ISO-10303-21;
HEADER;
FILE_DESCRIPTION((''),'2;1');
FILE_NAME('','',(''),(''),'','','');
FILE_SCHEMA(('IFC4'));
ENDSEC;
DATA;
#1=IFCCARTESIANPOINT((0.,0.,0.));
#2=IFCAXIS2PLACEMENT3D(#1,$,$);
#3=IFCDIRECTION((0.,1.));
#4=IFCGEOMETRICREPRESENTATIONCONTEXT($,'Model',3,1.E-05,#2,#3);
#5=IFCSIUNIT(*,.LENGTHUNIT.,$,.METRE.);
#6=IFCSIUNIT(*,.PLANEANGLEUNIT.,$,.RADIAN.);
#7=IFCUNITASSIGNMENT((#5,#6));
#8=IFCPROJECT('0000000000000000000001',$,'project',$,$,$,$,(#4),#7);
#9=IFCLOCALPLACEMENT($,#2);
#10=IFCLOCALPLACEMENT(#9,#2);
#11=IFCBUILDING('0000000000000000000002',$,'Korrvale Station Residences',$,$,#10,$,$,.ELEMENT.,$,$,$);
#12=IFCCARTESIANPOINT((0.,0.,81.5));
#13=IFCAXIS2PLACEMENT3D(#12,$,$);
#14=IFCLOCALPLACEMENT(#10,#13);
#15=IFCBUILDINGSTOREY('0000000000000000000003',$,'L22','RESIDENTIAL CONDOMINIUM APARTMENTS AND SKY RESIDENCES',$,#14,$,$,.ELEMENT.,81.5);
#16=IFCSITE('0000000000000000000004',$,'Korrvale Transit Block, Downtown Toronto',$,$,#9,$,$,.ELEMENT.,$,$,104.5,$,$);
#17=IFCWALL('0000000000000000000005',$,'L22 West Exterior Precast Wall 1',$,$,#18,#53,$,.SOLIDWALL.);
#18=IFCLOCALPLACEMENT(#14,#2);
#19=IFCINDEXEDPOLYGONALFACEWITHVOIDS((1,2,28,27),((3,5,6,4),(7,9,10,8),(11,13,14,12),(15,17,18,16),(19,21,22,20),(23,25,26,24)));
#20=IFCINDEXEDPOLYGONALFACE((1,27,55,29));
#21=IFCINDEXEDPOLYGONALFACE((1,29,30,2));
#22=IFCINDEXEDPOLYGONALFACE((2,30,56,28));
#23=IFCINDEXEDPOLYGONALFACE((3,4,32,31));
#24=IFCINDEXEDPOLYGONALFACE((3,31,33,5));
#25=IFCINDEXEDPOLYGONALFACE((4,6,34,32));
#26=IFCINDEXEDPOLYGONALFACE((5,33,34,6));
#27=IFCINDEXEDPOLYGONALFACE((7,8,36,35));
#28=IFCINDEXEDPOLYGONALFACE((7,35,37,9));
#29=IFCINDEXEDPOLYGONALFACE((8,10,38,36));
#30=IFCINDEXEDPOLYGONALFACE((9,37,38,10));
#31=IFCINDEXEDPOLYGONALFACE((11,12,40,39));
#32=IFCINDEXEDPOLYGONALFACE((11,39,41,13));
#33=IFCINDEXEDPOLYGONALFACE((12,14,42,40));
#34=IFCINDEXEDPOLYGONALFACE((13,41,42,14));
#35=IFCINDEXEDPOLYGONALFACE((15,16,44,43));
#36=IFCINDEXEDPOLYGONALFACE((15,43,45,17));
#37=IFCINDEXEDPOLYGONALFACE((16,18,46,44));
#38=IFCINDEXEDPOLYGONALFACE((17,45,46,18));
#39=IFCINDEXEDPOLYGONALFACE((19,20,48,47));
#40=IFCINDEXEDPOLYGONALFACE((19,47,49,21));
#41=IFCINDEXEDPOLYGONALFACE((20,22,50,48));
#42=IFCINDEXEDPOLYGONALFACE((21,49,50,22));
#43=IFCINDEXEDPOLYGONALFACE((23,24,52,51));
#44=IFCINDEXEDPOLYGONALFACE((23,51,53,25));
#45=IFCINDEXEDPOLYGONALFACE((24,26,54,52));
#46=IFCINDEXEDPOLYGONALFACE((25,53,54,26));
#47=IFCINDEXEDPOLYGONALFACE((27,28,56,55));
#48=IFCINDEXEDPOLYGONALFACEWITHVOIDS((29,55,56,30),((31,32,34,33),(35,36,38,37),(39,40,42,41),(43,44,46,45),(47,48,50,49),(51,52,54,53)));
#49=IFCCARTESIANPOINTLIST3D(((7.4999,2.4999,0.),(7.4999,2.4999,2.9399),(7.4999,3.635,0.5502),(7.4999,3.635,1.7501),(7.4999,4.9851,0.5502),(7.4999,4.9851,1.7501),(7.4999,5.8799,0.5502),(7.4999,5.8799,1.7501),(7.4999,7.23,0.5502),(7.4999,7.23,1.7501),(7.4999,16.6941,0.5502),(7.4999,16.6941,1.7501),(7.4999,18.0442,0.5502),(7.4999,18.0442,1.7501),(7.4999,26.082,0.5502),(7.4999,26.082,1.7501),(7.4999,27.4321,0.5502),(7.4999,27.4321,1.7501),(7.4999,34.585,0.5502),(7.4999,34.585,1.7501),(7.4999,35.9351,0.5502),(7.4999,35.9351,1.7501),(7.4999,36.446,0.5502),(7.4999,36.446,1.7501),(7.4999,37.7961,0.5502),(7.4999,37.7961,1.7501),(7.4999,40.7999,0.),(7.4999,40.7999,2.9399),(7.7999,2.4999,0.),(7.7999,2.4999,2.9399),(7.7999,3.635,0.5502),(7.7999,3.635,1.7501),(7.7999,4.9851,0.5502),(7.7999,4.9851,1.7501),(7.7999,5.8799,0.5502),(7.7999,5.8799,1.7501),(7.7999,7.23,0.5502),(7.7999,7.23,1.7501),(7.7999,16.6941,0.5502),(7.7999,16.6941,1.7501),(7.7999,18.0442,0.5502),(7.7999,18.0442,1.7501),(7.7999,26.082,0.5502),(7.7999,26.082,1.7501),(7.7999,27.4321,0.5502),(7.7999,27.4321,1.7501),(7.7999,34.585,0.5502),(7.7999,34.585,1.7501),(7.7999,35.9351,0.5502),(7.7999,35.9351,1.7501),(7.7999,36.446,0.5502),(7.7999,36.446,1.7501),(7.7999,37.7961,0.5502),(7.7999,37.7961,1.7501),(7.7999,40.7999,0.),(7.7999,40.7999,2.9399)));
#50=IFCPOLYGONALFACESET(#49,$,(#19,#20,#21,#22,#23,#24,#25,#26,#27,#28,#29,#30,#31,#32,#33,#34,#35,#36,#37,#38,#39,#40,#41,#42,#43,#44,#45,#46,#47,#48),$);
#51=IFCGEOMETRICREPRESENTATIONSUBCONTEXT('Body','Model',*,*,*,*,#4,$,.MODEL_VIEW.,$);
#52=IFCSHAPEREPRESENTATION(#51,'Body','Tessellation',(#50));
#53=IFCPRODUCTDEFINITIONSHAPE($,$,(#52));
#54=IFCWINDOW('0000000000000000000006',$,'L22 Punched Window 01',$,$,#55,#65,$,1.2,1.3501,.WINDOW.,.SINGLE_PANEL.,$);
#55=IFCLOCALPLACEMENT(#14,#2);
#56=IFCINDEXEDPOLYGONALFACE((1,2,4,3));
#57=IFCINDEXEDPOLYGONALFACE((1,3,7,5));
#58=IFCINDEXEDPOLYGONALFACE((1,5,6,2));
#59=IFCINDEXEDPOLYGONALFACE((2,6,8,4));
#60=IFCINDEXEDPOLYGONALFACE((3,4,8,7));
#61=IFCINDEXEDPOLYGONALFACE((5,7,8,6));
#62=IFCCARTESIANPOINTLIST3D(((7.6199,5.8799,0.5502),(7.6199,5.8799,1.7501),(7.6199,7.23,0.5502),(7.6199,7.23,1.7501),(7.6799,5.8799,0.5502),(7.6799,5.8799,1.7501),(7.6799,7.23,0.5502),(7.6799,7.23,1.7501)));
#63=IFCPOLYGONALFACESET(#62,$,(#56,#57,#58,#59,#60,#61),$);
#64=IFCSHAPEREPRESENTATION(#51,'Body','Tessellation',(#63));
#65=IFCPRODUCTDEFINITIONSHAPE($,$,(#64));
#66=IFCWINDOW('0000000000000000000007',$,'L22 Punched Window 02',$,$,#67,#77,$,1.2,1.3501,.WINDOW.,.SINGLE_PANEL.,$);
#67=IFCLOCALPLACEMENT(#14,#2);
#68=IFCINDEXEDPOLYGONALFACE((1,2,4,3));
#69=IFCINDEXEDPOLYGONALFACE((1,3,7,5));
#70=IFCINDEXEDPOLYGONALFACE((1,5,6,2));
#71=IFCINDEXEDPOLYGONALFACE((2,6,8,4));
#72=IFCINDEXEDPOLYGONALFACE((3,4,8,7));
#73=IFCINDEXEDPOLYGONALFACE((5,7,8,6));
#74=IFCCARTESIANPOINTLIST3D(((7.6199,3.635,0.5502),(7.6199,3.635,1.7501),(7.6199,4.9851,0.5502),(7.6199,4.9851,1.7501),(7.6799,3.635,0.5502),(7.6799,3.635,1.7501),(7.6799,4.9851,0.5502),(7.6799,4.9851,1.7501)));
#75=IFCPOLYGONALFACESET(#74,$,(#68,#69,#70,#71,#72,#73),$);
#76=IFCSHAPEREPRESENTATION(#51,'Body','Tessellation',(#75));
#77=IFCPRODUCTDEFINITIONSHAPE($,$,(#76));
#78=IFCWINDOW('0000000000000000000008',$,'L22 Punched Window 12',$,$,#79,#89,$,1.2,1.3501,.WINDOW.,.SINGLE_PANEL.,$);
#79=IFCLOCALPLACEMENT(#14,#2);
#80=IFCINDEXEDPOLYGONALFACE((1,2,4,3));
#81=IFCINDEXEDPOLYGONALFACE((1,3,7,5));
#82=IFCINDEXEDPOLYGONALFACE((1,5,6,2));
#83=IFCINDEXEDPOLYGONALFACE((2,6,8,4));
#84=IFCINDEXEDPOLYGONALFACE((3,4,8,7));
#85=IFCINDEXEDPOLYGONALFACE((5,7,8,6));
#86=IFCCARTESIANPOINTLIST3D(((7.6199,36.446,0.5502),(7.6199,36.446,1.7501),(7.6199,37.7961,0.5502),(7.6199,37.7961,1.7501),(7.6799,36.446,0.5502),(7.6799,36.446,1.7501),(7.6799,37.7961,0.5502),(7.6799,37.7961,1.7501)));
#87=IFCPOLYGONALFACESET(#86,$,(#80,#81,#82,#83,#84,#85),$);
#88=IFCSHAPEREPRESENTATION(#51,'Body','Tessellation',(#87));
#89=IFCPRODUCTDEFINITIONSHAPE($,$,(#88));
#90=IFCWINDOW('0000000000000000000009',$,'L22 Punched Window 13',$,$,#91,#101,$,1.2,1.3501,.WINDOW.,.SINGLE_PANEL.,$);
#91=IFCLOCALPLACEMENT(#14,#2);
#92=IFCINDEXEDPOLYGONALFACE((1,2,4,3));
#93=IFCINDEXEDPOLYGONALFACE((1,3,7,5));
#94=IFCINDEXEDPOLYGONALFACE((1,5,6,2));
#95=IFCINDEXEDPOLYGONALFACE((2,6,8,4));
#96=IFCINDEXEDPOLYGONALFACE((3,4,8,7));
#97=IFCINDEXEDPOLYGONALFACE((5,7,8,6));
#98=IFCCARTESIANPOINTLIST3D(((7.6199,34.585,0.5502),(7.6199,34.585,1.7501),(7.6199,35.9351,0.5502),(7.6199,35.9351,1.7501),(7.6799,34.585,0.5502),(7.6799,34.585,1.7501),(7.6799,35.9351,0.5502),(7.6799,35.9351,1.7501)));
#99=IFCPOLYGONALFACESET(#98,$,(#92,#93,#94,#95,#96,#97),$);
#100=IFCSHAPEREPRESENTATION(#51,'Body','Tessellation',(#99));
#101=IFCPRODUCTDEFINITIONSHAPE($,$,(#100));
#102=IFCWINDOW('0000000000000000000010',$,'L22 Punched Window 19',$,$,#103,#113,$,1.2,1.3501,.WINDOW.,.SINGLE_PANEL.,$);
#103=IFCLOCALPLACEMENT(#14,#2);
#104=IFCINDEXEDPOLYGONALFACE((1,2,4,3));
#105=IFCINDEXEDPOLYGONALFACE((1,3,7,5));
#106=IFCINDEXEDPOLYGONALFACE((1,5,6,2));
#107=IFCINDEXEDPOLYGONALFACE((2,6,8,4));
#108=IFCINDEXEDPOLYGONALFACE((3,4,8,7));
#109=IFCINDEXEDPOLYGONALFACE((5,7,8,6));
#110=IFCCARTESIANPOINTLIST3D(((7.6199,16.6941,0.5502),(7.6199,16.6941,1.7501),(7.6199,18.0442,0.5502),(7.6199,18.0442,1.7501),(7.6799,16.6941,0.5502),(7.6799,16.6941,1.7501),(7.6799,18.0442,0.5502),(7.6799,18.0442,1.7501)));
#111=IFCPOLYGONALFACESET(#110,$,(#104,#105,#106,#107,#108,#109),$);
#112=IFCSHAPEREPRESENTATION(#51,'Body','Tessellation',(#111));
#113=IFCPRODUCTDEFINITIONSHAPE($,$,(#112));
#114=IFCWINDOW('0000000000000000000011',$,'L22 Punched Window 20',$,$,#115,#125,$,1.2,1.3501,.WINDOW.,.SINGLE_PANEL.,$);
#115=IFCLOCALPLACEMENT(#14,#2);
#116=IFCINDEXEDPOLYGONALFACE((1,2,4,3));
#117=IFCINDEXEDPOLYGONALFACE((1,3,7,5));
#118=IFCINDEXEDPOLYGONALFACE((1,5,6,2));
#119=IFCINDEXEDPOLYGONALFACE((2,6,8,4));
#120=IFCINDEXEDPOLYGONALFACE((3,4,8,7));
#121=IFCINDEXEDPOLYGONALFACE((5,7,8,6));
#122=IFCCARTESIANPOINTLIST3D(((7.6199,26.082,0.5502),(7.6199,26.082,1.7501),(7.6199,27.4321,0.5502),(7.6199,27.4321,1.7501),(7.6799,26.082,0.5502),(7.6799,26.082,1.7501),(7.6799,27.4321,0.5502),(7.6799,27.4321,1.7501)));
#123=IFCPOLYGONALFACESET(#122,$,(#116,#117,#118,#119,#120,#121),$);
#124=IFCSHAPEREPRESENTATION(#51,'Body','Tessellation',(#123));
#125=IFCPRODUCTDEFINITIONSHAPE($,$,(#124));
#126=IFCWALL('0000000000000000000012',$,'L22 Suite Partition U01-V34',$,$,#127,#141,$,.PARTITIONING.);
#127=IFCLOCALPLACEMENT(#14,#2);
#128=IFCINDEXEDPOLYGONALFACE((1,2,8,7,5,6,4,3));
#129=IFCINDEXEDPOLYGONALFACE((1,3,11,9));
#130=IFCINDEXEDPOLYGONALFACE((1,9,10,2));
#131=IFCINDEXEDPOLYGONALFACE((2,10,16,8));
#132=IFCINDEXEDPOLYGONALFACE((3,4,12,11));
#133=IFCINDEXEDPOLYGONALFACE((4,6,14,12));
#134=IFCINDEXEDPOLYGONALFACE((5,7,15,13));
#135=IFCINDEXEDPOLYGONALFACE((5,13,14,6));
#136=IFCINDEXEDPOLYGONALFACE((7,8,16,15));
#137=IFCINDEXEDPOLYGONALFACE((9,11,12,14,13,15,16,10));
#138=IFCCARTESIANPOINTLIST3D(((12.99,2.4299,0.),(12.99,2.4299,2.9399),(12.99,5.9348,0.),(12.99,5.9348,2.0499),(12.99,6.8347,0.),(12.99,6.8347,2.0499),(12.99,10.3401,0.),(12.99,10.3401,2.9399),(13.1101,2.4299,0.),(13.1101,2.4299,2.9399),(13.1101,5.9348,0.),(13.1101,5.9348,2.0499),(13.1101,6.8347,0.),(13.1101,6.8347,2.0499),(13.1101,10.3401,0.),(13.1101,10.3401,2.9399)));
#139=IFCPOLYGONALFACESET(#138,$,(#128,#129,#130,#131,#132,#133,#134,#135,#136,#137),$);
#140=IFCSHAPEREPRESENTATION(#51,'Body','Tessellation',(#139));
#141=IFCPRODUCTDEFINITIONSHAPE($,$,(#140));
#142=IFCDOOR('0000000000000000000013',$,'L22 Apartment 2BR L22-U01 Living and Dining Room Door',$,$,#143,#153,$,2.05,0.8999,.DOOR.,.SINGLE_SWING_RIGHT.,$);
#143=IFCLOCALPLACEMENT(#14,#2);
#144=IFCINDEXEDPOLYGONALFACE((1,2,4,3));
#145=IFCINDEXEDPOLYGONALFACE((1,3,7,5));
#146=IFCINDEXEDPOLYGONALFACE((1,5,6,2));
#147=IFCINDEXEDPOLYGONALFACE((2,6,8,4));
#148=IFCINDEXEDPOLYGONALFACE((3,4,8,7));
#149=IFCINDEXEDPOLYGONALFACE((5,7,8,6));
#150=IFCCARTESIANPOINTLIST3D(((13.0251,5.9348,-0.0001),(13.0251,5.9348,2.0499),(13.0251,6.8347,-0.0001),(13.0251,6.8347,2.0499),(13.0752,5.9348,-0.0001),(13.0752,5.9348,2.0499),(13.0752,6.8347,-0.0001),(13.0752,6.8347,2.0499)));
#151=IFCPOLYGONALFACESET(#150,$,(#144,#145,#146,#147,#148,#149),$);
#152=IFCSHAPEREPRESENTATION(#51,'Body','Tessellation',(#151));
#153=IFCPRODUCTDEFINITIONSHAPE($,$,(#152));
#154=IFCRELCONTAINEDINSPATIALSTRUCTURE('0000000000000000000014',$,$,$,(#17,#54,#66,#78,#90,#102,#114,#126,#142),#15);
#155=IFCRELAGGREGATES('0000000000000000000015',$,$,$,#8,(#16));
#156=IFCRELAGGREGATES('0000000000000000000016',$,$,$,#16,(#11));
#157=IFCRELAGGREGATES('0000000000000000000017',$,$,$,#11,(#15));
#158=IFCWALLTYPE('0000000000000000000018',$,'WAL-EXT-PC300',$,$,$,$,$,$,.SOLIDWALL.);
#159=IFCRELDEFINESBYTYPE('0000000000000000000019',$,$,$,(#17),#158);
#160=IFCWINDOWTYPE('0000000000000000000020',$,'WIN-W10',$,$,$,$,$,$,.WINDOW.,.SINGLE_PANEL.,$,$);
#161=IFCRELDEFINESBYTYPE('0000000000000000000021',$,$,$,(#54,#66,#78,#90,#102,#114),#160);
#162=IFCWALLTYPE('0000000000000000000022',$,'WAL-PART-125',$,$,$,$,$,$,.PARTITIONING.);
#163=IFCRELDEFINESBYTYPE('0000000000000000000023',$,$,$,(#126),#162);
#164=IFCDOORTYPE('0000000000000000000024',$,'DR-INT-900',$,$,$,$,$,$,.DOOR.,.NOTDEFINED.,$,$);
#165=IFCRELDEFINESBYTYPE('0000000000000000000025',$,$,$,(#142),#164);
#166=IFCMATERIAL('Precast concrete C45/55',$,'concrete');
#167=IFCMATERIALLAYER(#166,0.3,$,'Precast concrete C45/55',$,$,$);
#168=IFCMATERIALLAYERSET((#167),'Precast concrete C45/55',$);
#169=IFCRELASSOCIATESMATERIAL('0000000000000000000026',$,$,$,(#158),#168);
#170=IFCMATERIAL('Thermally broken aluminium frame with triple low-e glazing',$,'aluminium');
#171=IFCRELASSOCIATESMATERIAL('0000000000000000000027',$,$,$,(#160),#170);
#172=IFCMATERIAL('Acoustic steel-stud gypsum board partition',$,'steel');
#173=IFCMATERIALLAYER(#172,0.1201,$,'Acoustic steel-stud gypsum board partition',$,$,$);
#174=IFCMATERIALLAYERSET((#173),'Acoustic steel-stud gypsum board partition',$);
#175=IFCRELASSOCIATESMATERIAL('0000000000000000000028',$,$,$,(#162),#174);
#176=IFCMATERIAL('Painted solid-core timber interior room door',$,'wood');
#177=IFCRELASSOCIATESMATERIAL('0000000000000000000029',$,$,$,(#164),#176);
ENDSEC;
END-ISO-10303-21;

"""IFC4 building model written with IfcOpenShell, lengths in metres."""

from ifc_helpers import new_model, si_unit, direction, frame, frame_2d, origin, place, context, subcontext, project, spatial, rectangle, extrude, material, layer, layer_set, type_object, element, fill, save


model = new_model("IFC4")

# Units and contexts
model_context = context("Model", 3, precision=1e-05, world=origin(), true_north=direction((0.0, 1.0)))
body_context = subcontext(model_context, "Body", "Model", "MODEL_VIEW")
ifc_project = project(units=[si_unit("LENGTHUNIT", "METRE"), si_unit("PLANEANGLEUNIT", "RADIAN")], contexts=[model_context])

# Site, building, storey
site_placement = place(None, origin())
site = spatial("IfcSite", under=ifc_project, at=site_placement, Name="Korrvale Transit Block, Downtown Toronto", CompositionType="ELEMENT", RefElevation=104.5)
building_placement = place(site_placement, origin())
building = spatial("IfcBuilding", under=site, at=building_placement, Name="Korrvale Station Residences", CompositionType="ELEMENT")
storey_placement = place(building_placement, frame((0.0, 0.0, 81.5)))
storey = spatial("IfcBuildingStorey", under=building, at=storey_placement, Name="L22", Description="RESIDENTIAL CONDOMINIUM APARTMENTS AND SKY RESIDENCES", CompositionType="ELEMENT", Elevation=81.5)

# Shared definitions
ifc_material_1 = material(Name="Precast concrete C45/55", Category="concrete")
ifc_layer_1 = layer(ifc_material_1, 0.3, Name="Precast concrete C45/55")
ifc_layer_set_1 = layer_set([ifc_layer_1], Name="Precast concrete C45/55")
wall_type_1 = type_object("IfcWallType", Name="WAL-EXT-PC300", PredefinedType="SOLIDWALL", material=ifc_layer_set_1)

# Wall, openings, windows
wall_1_placement = place(storey_placement, frame((7.6499, 2.5, 0.0), z_axis=(0.0, 0.0, 1.0), x_axis=(0.0, 1.0, 0.0)))
wall_1 = element("IfcWall", 1, at=wall_1_placement, inside=storey, type_object=wall_type_1, Name="L22 West Exterior Precast Wall 1", PredefinedType="SOLIDWALL", context=body_context, shape_type="SweptSolid", body=[
    extrude(rectangle(XDim=38.3, YDim=0.3, at=frame_2d((19.1499, 0.0))), origin(), (0.0, 0.0, 1.0), 2.9399),
])
opening_1_placement = place(wall_1_placement, frame((3.3799, 0.0, 0.55)))
opening_1 = element("IfcOpeningElement", 2, at=opening_1_placement, cuts=wall_1, PredefinedType="OPENING", context=body_context, shape_type="SweptSolid", body=[
    extrude(rectangle(XDim=1.3501, YDim=1.2, at=frame_2d((0.675, 0.6001))), frame((0.0, 0.1602, 0.0), z_axis=(0.0, -1.0, 0.0), x_axis=(1.0, 0.0, 0.0)), (0.0, 0.0, 1.0), 0.3201),
])
opening_2_placement = place(wall_1_placement, frame((1.135, 0.0, 0.55)))
opening_2 = element("IfcOpeningElement", 3, at=opening_2_placement, cuts=wall_1, PredefinedType="OPENING", context=body_context, shape_type="SweptSolid", body=[
    extrude(rectangle(XDim=1.3501, YDim=1.2, at=frame_2d((0.675, 0.6001))), frame((0.0, 0.1602, 0.0), z_axis=(0.0, -1.0, 0.0), x_axis=(1.0, 0.0, 0.0)), (0.0, 0.0, 1.0), 0.3201),
])
opening_3_placement = place(wall_1_placement, frame((33.946, 0.0, 0.55)))
opening_3 = element("IfcOpeningElement", 4, at=opening_3_placement, cuts=wall_1, PredefinedType="OPENING", context=body_context, shape_type="SweptSolid", body=[
    extrude(rectangle(XDim=1.3501, YDim=1.2, at=frame_2d((0.675, 0.6001))), frame((0.0, 0.1602, 0.0), z_axis=(0.0, -1.0, 0.0), x_axis=(1.0, 0.0, 0.0)), (0.0, 0.0, 1.0), 0.3201),
])
opening_4_placement = place(wall_1_placement, frame((32.085, 0.0, 0.55)))
opening_4 = element("IfcOpeningElement", 5, at=opening_4_placement, cuts=wall_1, PredefinedType="OPENING", context=body_context, shape_type="SweptSolid", body=[
    extrude(rectangle(XDim=1.3501, YDim=1.2, at=frame_2d((0.675, 0.6001))), frame((0.0, 0.1602, 0.0), z_axis=(0.0, -1.0, 0.0), x_axis=(1.0, 0.0, 0.0)), (0.0, 0.0, 1.0), 0.3201),
])
opening_5_placement = place(wall_1_placement, frame((14.1941, 0.0, 0.55)))
opening_5 = element("IfcOpeningElement", 6, at=opening_5_placement, cuts=wall_1, PredefinedType="OPENING", context=body_context, shape_type="SweptSolid", body=[
    extrude(rectangle(XDim=1.3501, YDim=1.2, at=frame_2d((0.675, 0.6001))), frame((0.0, 0.1602, 0.0), z_axis=(0.0, -1.0, 0.0), x_axis=(1.0, 0.0, 0.0)), (0.0, 0.0, 1.0), 0.3201),
])
opening_6_placement = place(wall_1_placement, frame((23.582, 0.0, 0.55)))
opening_6 = element("IfcOpeningElement", 7, at=opening_6_placement, cuts=wall_1, PredefinedType="OPENING", context=body_context, shape_type="SweptSolid", body=[
    extrude(rectangle(XDim=1.3501, YDim=1.2, at=frame_2d((0.675, 0.6001))), frame((0.0, 0.1602, 0.0), z_axis=(0.0, -1.0, 0.0), x_axis=(1.0, 0.0, 0.0)), (0.0, 0.0, 1.0), 0.3201),
])
ifc_material_2 = material(Name="Thermally broken aluminium frame with triple low-e glazing", Category="aluminium")
window_type = type_object("IfcWindowType", Name="WIN-W10", PartitioningType="SINGLE_PANEL", PredefinedType="WINDOW", material=ifc_material_2)
window_1_placement = place(opening_1_placement, origin())
window_1 = element("IfcWindow", 8, at=window_1_placement, inside=storey, type_object=window_type, Name="L22 Punched Window 01", OverallHeight=1.2, OverallWidth=1.3501, PartitioningType="SINGLE_PANEL", PredefinedType="WINDOW", context=body_context, shape_type="SweptSolid", body=[
    extrude(rectangle(XDim=1.3501, YDim=1.2, at=frame_2d((0.675, 0.6001))), frame((0.0, 0.03, 0.0), z_axis=(0.0, -1.0, 0.0), x_axis=(1.0, 0.0, 0.0)), (0.0, 0.0, 1.0), 0.0601),
])
fill(opening_1, window_1)
window_2_placement = place(opening_2_placement, origin())
window_2 = element("IfcWindow", 9, at=window_2_placement, inside=storey, type_object=window_type, Name="L22 Punched Window 02", OverallHeight=1.2, OverallWidth=1.3501, PartitioningType="SINGLE_PANEL", PredefinedType="WINDOW", context=body_context, shape_type="SweptSolid", body=[
    extrude(rectangle(XDim=1.3501, YDim=1.2, at=frame_2d((0.675, 0.6001))), frame((0.0, 0.03, 0.0), z_axis=(0.0, -1.0, 0.0), x_axis=(1.0, 0.0, 0.0)), (0.0, 0.0, 1.0), 0.0601),
])
fill(opening_2, window_2)
window_3_placement = place(opening_3_placement, origin())
window_3 = element("IfcWindow", 10, at=window_3_placement, inside=storey, type_object=window_type, Name="L22 Punched Window 12", OverallHeight=1.2, OverallWidth=1.3501, PartitioningType="SINGLE_PANEL", PredefinedType="WINDOW", context=body_context, shape_type="SweptSolid", body=[
    extrude(rectangle(XDim=1.3501, YDim=1.2, at=frame_2d((0.675, 0.6001))), frame((0.0, 0.03, 0.0), z_axis=(0.0, -1.0, 0.0), x_axis=(1.0, 0.0, 0.0)), (0.0, 0.0, 1.0), 0.0601),
])
fill(opening_3, window_3)
window_4_placement = place(opening_4_placement, origin())
window_4 = element("IfcWindow", 11, at=window_4_placement, inside=storey, type_object=window_type, Name="L22 Punched Window 13", OverallHeight=1.2, OverallWidth=1.3501, PartitioningType="SINGLE_PANEL", PredefinedType="WINDOW", context=body_context, shape_type="SweptSolid", body=[
    extrude(rectangle(XDim=1.3501, YDim=1.2, at=frame_2d((0.675, 0.6001))), frame((0.0, 0.03, 0.0), z_axis=(0.0, -1.0, 0.0), x_axis=(1.0, 0.0, 0.0)), (0.0, 0.0, 1.0), 0.0601),
])
fill(opening_4, window_4)
window_5_placement = place(opening_5_placement, origin())
window_5 = element("IfcWindow", 12, at=window_5_placement, inside=storey, type_object=window_type, Name="L22 Punched Window 19", OverallHeight=1.2, OverallWidth=1.3501, PartitioningType="SINGLE_PANEL", PredefinedType="WINDOW", context=body_context, shape_type="SweptSolid", body=[
    extrude(rectangle(XDim=1.3501, YDim=1.2, at=frame_2d((0.675, 0.6001))), frame((0.0, 0.03, 0.0), z_axis=(0.0, -1.0, 0.0), x_axis=(1.0, 0.0, 0.0)), (0.0, 0.0, 1.0), 0.0601),
])
fill(opening_5, window_5)
window_6_placement = place(opening_6_placement, origin())
window_6 = element("IfcWindow", 13, at=window_6_placement, inside=storey, type_object=window_type, Name="L22 Punched Window 20", OverallHeight=1.2, OverallWidth=1.3501, PartitioningType="SINGLE_PANEL", PredefinedType="WINDOW", context=body_context, shape_type="SweptSolid", body=[
    extrude(rectangle(XDim=1.3501, YDim=1.2, at=frame_2d((0.675, 0.6001))), frame((0.0, 0.03, 0.0), z_axis=(0.0, -1.0, 0.0), x_axis=(1.0, 0.0, 0.0)), (0.0, 0.0, 1.0), 0.0601),
])
fill(opening_6, window_6)

# Wall, opening, door
ifc_material_3 = material(Name="Acoustic steel-stud gypsum board partition", Category="steel")
ifc_layer_2 = layer(ifc_material_3, 0.1201, Name="Acoustic steel-stud gypsum board partition")
ifc_layer_set_2 = layer_set([ifc_layer_2], Name="Acoustic steel-stud gypsum board partition")
wall_type_2 = type_object("IfcWallType", Name="WAL-PART-125", PredefinedType="PARTITIONING", material=ifc_layer_set_2)
wall_2_placement = place(storey_placement, frame((13.05, 2.4299, 0.0), z_axis=(0.0, 0.0, 1.0), x_axis=(0.0, 1.0, 0.0)))
wall_2 = element("IfcWall", 14, at=wall_2_placement, inside=storey, type_object=wall_type_2, Name="L22 Suite Partition U01-V34", PredefinedType="PARTITIONING", context=body_context, shape_type="SweptSolid", body=[
    extrude(rectangle(XDim=7.9102, YDim=0.1201, at=frame_2d((3.9551, 0.0))), origin(), (0.0, 0.0, 1.0), 2.9399),
])
opening_7_placement = place(wall_2_placement, frame((3.5049, 0.0, 0.0)))
opening_7 = element("IfcOpeningElement", 15, at=opening_7_placement, cuts=wall_2, PredefinedType="OPENING", context=body_context, shape_type="SweptSolid", body=[
    extrude(rectangle(XDim=0.8999, YDim=2.05, at=frame_2d((0.45, 1.0249))), frame((0.0, 0.0701, 0.0), z_axis=(0.0, -1.0, 0.0), x_axis=(1.0, 0.0, 0.0)), (0.0, 0.0, 1.0), 0.1401),
])
ifc_material_4 = material(Name="Painted solid-core timber interior room door", Category="wood")
door_type = type_object("IfcDoorType", Name="DR-INT-900", OperationType="NOTDEFINED", PredefinedType="DOOR", material=ifc_material_4)
door_placement = place(opening_7_placement, origin())
door = element("IfcDoor", 16, at=door_placement, inside=storey, type_object=door_type, Name="L22 Apartment 2BR L22-U01 Living and Dining Room Door", OperationType="SINGLE_SWING_RIGHT", OverallHeight=2.05, OverallWidth=0.8999, PredefinedType="DOOR", context=body_context, shape_type="SweptSolid", body=[
    extrude(rectangle(XDim=0.8999, YDim=2.05, at=frame_2d((0.45, 1.0249))), frame((0.0, 0.0249, 0.0), z_axis=(0.0, -1.0, 0.0), x_axis=(1.0, 0.0, 0.0)), (0.0, 0.0, 1.0), 0.05),
])
fill(opening_7, door)

save(model, "model.ifc")
